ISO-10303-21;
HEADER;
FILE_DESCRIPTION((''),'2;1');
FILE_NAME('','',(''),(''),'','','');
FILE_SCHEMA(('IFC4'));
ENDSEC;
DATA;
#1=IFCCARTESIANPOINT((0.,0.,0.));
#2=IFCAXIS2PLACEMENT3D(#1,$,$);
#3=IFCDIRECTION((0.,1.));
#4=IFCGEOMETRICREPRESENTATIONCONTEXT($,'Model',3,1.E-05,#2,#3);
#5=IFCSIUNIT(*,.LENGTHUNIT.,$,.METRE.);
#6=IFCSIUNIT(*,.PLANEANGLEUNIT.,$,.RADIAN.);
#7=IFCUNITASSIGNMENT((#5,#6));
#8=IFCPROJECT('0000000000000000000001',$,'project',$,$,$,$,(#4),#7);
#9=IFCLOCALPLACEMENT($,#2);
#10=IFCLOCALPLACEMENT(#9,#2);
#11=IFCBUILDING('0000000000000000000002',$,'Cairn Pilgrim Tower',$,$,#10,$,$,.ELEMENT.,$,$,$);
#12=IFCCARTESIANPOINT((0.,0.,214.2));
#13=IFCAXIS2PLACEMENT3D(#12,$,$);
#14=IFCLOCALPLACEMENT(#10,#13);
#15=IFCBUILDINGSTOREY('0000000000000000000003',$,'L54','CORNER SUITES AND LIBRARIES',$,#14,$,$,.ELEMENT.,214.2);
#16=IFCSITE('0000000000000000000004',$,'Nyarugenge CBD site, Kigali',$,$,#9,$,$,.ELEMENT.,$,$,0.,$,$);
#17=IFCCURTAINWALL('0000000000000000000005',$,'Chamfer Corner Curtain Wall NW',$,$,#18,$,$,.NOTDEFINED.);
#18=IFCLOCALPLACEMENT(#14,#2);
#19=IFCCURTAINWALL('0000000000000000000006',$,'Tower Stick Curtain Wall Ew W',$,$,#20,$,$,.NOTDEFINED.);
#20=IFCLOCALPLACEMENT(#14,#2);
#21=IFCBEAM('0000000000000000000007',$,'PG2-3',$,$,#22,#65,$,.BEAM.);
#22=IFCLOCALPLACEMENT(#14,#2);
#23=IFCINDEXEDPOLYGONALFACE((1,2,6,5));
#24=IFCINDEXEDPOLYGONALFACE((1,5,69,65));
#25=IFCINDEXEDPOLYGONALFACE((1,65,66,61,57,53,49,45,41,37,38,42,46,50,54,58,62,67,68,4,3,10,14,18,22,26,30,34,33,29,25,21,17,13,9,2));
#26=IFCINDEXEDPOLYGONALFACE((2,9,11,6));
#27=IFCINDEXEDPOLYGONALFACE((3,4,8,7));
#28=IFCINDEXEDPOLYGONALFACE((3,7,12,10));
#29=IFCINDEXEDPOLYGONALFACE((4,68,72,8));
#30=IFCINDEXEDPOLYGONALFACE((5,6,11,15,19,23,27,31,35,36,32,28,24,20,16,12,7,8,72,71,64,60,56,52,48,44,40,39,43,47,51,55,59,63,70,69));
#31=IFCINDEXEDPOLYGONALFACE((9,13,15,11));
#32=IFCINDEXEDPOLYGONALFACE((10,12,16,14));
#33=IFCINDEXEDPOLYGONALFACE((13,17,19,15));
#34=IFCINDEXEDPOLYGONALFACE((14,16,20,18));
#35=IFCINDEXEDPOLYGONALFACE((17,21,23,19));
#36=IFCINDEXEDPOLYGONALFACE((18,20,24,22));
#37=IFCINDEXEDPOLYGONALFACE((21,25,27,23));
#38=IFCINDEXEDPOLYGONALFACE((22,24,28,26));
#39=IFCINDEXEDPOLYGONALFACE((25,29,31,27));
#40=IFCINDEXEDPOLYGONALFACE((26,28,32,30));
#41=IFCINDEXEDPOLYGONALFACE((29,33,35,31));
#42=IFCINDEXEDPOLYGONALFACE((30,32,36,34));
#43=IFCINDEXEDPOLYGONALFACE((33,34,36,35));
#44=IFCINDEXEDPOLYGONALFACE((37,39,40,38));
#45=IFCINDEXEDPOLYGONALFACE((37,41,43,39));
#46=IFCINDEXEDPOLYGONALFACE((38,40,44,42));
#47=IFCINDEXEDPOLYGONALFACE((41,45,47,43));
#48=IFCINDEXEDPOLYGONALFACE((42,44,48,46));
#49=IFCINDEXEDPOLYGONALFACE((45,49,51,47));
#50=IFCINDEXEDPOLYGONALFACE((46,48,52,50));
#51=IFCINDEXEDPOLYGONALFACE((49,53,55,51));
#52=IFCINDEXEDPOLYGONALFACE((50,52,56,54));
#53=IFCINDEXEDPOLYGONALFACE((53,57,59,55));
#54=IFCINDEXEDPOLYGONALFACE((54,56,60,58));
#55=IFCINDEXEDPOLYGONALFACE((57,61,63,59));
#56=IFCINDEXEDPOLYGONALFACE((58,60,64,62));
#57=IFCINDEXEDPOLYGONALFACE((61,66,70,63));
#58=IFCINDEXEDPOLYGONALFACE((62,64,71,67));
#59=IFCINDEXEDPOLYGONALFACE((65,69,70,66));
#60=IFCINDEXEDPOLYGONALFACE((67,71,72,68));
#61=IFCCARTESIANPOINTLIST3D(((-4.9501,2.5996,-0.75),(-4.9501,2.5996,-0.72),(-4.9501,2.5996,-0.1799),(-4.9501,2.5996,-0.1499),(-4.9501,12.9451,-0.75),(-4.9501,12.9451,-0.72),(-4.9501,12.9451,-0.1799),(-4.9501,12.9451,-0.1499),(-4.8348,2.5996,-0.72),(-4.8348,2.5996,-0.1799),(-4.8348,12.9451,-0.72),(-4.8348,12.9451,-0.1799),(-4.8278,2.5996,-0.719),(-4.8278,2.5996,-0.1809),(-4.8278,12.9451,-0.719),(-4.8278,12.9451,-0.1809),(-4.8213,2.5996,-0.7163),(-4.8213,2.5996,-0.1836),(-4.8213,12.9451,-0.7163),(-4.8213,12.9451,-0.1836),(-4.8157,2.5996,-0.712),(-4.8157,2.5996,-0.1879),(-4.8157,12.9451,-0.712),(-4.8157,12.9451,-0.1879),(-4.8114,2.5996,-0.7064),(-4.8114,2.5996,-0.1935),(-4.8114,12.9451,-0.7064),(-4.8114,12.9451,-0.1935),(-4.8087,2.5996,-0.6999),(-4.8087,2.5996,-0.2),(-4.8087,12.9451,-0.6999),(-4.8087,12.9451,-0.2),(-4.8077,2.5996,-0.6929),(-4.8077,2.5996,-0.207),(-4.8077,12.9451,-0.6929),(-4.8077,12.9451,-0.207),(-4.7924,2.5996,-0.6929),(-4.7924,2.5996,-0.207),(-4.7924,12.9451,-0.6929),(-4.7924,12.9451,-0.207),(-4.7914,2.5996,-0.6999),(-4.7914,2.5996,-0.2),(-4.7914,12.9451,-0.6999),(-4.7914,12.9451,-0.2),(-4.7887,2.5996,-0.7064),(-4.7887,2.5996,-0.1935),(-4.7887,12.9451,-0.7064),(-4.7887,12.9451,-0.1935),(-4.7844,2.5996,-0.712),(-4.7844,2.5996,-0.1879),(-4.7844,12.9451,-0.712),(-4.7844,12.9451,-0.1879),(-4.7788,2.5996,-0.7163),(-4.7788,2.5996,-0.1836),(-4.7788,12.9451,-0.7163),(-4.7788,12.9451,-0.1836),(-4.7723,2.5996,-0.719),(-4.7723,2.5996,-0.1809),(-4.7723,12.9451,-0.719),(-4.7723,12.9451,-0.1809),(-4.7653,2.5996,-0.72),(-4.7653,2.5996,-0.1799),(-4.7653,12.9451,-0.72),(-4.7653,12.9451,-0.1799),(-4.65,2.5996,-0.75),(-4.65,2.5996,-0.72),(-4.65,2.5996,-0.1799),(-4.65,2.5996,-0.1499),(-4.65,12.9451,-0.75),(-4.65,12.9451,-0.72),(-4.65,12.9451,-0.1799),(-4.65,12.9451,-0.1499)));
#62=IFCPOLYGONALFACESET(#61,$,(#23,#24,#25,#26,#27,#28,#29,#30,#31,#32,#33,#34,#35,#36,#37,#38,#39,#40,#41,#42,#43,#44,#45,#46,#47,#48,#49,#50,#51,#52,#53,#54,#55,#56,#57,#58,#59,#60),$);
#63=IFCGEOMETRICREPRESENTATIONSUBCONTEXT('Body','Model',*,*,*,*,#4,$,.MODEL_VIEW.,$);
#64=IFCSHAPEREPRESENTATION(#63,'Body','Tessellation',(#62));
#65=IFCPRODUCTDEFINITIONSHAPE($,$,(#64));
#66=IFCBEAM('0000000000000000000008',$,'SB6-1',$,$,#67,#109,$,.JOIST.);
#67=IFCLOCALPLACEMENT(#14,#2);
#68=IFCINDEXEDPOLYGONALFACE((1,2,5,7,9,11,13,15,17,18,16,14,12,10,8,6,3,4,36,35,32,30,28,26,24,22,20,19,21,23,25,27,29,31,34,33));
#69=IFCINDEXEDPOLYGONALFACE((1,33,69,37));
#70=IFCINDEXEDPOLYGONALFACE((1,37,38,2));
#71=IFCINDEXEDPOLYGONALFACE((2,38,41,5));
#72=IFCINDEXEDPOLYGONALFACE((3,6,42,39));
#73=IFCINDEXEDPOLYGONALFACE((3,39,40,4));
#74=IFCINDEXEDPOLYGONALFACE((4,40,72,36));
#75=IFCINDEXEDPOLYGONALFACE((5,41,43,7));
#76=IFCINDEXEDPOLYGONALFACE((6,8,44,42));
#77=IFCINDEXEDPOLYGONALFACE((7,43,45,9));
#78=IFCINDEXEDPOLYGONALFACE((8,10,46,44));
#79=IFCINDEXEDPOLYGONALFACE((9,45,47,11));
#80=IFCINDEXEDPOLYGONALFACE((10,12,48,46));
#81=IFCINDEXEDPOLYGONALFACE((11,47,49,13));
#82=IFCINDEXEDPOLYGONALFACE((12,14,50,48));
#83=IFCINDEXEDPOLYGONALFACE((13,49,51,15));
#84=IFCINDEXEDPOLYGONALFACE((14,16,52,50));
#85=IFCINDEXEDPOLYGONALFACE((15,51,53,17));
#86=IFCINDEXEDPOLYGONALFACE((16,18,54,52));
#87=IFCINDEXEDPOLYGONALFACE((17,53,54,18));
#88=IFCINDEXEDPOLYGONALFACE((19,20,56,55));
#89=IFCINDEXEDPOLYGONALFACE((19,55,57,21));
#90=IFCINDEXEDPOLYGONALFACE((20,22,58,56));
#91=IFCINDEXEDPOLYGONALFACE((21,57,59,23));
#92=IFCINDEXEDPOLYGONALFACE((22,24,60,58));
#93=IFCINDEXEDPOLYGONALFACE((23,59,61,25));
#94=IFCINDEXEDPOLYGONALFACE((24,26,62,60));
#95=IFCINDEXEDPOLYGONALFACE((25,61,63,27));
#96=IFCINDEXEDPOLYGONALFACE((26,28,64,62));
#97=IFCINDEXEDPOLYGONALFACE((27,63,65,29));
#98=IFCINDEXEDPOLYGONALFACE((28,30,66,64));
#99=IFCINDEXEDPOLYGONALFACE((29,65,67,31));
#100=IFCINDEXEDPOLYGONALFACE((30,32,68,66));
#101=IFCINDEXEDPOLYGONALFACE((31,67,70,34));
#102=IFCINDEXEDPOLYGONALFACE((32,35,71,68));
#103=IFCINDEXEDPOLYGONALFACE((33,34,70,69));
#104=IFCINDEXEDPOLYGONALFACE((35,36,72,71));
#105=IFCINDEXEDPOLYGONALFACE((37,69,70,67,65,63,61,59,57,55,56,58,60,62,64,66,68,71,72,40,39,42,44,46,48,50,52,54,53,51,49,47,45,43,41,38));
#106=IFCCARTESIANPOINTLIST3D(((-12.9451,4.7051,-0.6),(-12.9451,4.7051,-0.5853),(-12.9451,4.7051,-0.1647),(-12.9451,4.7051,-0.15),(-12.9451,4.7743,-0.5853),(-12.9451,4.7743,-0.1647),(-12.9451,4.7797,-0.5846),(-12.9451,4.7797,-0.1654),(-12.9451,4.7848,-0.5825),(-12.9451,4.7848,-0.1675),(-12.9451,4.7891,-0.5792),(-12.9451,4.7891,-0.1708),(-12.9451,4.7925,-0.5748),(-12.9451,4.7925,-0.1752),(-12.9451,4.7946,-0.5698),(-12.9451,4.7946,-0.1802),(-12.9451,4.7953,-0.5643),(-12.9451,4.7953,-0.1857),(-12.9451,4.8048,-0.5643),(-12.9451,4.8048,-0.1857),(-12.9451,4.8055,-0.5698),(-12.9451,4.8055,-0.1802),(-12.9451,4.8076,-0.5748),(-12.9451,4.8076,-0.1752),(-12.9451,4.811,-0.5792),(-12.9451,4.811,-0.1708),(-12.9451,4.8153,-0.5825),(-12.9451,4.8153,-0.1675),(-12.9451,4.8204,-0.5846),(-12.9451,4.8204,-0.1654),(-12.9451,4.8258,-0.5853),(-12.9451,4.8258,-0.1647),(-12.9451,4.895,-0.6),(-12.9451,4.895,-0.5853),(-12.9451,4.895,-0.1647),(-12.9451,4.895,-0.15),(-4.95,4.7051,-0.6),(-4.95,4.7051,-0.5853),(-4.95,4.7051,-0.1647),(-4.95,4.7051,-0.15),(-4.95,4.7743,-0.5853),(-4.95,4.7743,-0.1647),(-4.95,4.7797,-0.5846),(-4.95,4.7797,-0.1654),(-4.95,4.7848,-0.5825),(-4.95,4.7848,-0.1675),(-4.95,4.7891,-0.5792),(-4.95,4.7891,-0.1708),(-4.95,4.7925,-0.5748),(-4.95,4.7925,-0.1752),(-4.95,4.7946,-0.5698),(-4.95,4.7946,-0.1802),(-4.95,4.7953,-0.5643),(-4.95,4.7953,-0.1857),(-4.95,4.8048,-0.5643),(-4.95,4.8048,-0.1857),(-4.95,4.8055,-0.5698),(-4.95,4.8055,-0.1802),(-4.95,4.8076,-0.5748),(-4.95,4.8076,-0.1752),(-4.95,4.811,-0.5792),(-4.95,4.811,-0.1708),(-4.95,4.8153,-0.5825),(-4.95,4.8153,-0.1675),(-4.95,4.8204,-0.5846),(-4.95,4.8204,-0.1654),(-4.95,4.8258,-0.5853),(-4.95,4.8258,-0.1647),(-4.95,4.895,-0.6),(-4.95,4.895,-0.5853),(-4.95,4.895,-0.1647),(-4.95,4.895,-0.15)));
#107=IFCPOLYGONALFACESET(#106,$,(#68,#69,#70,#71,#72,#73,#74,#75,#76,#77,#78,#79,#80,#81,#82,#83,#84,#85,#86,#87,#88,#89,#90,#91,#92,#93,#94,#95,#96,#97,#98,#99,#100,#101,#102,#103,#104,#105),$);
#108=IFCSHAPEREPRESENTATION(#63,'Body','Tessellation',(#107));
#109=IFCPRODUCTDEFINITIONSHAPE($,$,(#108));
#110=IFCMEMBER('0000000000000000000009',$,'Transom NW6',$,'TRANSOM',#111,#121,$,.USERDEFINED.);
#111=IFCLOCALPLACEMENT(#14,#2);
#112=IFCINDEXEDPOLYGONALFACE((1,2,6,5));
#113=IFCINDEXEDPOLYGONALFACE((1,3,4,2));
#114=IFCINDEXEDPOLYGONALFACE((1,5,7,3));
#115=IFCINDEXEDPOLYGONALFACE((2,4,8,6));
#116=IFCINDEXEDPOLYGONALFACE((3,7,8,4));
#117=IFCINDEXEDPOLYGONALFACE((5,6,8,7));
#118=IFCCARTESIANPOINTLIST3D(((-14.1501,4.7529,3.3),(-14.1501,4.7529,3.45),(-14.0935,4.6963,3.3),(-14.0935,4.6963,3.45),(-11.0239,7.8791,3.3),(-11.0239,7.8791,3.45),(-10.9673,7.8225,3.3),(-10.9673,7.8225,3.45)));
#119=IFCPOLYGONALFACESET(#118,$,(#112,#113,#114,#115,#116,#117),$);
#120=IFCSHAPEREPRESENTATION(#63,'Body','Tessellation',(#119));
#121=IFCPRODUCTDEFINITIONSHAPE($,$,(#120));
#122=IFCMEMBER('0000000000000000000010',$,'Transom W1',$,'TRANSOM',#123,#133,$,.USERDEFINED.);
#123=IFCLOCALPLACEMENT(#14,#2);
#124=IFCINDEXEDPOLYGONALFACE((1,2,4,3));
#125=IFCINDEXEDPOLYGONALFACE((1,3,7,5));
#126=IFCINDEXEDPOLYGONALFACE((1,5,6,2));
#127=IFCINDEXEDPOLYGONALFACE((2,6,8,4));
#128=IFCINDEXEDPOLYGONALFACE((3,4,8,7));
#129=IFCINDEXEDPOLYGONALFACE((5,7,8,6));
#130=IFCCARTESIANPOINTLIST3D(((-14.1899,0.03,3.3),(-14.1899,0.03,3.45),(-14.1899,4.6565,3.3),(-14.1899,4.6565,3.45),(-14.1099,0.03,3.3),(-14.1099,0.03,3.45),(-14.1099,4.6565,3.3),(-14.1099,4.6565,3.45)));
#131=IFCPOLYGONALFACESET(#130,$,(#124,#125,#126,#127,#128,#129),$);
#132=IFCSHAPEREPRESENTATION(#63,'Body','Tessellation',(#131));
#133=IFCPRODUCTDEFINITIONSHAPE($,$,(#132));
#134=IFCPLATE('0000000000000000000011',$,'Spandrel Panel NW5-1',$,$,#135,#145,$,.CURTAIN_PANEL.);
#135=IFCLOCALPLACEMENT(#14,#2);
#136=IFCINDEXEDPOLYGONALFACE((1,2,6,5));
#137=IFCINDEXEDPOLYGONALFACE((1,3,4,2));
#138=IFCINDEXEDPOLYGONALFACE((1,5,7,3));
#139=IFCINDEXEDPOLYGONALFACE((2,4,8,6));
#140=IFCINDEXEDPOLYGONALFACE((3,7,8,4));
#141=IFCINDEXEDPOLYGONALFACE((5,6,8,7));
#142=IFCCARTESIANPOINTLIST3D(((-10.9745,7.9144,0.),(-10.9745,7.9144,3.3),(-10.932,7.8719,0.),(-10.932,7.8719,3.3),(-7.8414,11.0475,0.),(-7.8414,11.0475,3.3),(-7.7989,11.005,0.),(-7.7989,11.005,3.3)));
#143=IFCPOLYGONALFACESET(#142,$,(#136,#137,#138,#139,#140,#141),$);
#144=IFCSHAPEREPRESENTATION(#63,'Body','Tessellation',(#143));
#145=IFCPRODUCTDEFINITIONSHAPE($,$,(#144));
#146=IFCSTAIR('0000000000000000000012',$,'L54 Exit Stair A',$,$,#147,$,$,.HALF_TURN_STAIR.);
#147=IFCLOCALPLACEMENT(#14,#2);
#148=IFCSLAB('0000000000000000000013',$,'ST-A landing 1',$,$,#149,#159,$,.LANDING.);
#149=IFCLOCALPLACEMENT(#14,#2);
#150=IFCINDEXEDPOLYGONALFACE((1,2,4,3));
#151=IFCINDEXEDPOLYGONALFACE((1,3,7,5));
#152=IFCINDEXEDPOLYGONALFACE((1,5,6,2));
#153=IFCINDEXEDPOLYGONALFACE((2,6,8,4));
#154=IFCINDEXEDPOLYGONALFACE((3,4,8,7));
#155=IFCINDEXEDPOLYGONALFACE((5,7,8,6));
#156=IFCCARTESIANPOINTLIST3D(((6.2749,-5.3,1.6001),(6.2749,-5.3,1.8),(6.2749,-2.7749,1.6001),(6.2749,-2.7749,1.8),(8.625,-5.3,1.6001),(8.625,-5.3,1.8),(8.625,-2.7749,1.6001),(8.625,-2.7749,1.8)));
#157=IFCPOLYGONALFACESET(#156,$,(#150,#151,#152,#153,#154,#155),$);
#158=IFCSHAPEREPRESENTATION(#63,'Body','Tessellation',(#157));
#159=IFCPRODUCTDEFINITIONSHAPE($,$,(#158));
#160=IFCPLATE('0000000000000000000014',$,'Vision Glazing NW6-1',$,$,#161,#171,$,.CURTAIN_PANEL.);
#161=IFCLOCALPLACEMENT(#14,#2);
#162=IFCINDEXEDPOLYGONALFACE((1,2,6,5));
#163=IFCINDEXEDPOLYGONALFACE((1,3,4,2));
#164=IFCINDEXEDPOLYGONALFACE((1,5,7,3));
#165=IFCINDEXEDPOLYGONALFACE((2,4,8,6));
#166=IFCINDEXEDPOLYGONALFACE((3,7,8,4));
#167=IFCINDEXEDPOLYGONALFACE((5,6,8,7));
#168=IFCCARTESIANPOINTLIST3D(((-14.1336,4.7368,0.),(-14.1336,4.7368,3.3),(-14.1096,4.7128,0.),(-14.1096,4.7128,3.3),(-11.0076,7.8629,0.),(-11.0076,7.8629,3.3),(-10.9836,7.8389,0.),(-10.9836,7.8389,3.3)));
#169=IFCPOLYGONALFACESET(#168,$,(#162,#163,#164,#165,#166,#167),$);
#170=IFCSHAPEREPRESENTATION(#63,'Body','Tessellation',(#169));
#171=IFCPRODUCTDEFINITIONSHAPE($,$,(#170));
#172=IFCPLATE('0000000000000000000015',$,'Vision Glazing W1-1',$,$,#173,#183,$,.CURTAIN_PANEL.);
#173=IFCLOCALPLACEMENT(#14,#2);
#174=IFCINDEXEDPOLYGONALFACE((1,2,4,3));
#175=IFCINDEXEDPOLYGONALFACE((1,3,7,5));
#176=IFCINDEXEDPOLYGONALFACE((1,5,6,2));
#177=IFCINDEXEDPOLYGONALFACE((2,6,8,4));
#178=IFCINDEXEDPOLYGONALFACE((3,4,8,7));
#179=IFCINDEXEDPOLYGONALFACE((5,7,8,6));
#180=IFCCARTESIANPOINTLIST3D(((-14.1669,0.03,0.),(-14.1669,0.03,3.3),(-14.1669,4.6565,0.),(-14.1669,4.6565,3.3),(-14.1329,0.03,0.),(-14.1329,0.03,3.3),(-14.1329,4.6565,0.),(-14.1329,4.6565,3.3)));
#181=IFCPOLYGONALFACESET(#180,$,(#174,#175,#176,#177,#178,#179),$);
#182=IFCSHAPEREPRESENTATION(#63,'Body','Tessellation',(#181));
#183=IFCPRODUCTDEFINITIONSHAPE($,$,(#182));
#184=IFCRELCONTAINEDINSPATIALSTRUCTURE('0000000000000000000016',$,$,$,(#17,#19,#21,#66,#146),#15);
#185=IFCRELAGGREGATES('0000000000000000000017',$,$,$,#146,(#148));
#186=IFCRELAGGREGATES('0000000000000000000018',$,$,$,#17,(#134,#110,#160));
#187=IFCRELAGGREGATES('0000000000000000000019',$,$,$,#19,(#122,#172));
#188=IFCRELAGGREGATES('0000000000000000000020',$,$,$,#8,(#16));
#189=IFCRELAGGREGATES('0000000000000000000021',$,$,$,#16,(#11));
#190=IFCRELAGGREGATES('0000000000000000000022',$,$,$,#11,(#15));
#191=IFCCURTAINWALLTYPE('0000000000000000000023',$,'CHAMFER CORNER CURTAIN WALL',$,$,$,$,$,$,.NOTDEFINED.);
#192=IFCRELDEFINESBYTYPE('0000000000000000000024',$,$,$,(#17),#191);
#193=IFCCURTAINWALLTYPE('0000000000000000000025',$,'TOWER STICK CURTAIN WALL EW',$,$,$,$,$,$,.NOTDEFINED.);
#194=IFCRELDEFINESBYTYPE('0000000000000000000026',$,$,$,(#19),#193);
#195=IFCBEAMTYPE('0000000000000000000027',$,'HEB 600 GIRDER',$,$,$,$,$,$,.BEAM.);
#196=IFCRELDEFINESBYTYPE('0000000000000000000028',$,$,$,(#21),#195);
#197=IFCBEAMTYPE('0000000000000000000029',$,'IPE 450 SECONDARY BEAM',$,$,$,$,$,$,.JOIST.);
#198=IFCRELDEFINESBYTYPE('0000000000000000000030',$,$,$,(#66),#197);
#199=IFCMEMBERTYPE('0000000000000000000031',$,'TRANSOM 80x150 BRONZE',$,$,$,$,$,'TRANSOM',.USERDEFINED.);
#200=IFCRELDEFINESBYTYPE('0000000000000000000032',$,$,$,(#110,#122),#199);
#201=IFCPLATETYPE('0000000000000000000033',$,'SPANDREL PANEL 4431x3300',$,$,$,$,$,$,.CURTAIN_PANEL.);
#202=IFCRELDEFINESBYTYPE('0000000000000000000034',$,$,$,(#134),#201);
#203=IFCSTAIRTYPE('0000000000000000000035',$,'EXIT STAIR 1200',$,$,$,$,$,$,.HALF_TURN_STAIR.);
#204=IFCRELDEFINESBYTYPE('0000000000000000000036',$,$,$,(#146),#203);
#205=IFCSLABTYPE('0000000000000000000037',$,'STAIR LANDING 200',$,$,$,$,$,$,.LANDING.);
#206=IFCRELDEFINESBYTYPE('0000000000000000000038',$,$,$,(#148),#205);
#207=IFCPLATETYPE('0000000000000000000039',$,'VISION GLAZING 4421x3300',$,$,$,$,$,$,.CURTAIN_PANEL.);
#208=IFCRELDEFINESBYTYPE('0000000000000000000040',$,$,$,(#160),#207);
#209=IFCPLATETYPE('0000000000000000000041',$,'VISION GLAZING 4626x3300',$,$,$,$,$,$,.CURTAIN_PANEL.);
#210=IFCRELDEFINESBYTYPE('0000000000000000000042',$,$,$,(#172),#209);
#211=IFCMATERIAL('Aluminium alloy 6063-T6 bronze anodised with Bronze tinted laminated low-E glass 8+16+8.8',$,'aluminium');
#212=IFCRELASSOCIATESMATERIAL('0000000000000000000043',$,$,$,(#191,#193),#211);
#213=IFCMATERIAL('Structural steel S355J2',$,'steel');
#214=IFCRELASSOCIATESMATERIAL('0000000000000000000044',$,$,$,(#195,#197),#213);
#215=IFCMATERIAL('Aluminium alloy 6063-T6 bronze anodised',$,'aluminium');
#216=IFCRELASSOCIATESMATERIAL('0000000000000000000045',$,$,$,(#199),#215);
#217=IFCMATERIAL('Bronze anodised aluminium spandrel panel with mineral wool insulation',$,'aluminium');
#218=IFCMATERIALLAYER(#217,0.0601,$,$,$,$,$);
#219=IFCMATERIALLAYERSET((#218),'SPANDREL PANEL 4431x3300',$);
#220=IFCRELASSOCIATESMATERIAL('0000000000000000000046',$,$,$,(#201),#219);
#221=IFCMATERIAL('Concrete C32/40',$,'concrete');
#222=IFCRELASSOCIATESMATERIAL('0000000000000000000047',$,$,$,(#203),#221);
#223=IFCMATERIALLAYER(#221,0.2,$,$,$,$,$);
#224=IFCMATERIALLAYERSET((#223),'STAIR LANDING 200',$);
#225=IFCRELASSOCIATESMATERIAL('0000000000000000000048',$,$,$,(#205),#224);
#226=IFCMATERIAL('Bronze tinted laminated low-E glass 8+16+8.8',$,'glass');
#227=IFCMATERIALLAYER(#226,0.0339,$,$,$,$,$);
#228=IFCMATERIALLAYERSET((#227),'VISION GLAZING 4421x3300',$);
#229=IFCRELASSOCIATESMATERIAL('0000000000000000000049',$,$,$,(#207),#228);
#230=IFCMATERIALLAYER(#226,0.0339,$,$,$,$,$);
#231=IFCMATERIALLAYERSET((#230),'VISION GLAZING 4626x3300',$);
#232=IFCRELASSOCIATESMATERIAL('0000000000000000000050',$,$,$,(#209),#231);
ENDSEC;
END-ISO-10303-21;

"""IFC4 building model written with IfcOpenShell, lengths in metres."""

from ifc_helpers import new_model, si_unit, direction, frame, origin, origin_2d, place, context, subcontext, project, spatial, polyline, rectangle, i_section, outline, extrude, material, layer, layer_set, material_profile, profile_set, type_object, element, aggregate, save


model = new_model("IFC4")

# Units and contexts
model_context = context("Model", 3, precision=1e-05, world=origin(), true_north=direction((0.0, 1.0)))
body_context = subcontext(model_context, "Body", "Model", "MODEL_VIEW")
ifc_project = project(units=[si_unit("LENGTHUNIT", "METRE"), si_unit("PLANEANGLEUNIT", "RADIAN")], contexts=[model_context])

# Site, building, storey
site_placement = place(None, origin())
site = spatial("IfcSite", under=ifc_project, at=site_placement, Name="Nyarugenge CBD site, Kigali", CompositionType="ELEMENT", RefElevation=0.0)
building_placement = place(site_placement, origin())
building = spatial("IfcBuilding", under=site, at=building_placement, Name="Cairn Pilgrim Tower", CompositionType="ELEMENT")
storey_placement = place(building_placement, frame((0.0, 0.0, 214.2)))
storey = spatial("IfcBuildingStorey", under=building, at=storey_placement, Name="L54", Description="CORNER SUITES AND LIBRARIES", CompositionType="ELEMENT", Elevation=214.2)

# Shared definitions
ifc_material_1 = material(Name="Structural steel S355J2", Category="steel")

# Curtain walls
ifc_material_2 = material(Name="Aluminium alloy 6063-T6 bronze anodised with Bronze tinted laminated low-E glass 8+16+8.8", Category="aluminium")
curtain_wall_type_1 = type_object("IfcCurtainWallType", Name="CHAMFER CORNER CURTAIN WALL", PredefinedType="NOTDEFINED", material=ifc_material_2)
curtain_wall_1_placement = place(storey_placement, origin())
curtain_wall_1 = element("IfcCurtainWall", 1, at=curtain_wall_1_placement, inside=storey, type_object=curtain_wall_type_1, Name="Chamfer Corner Curtain Wall NW", PredefinedType="NOTDEFINED")
ifc_material_3 = material(Name="Aluminium alloy 6063-T6 bronze anodised", Category="aluminium")
curtain_wall_type_2 = type_object("IfcCurtainWallType", Name="TOWER STICK CURTAIN WALL EW", PredefinedType="NOTDEFINED", material=ifc_material_2)
curtain_wall_2_placement = place(storey_placement, origin())
curtain_wall_2 = element("IfcCurtainWall", 2, at=curtain_wall_2_placement, inside=storey, type_object=curtain_wall_type_2, Name="Tower Stick Curtain Wall Ew W", PredefinedType="NOTDEFINED")

# Beams
ifc_material_profile_1 = material_profile(ifc_material_1, i_section(OverallWidth=0.3, OverallDepth=0.6001, WebThickness=0.0154, FlangeThickness=0.03, FilletRadius=0.0271, at=origin_2d()), Name="HEB 600")
ifc_profile_set_1 = profile_set([ifc_material_profile_1], Name="Structural steel S355J2")
beam_type_1 = type_object("IfcBeamType", Name="HEB 600 GIRDER", PredefinedType="BEAM", material=ifc_profile_set_1)
beam_1_placement = place(storey_placement, frame((-4.8, 2.5996, -0.45), z_axis=(0.0, 1.0, 0.0), x_axis=(-1.0, 0.0, 0.0)))
element("IfcBeam", 3, at=beam_1_placement, inside=storey, type_object=beam_type_1, Name="PG2-3", PredefinedType="BEAM", context=body_context, shape_type="SweptSolid", body=[
    extrude(i_section(OverallWidth=0.3, OverallDepth=0.6001, WebThickness=0.0154, FlangeThickness=0.03, FilletRadius=0.0271, at=origin_2d()), origin(), (0.0, 0.0, 1.0), 10.3455),
])
ifc_material_profile_2 = material_profile(ifc_material_1, i_section(OverallWidth=0.1899, OverallDepth=0.45, WebThickness=0.0095, FlangeThickness=0.0146, FilletRadius=0.021, at=origin_2d()), Name="IPE 450")
ifc_profile_set_2 = profile_set([ifc_material_profile_2], Name="Structural steel S355J2")
beam_type_2 = type_object("IfcBeamType", Name="IPE 450 SECONDARY BEAM", PredefinedType="JOIST", material=ifc_profile_set_2)
beam_2_placement = place(storey_placement, frame((-12.9451, 4.8, -0.375), z_axis=(1.0, 0.0, 0.0), x_axis=(0.0, 1.0, 0.0)))
element("IfcBeam", 4, at=beam_2_placement, inside=storey, type_object=beam_type_2, Name="SB6-1", PredefinedType="JOIST", context=body_context, shape_type="SweptSolid", body=[
    extrude(i_section(OverallWidth=0.1899, OverallDepth=0.45, WebThickness=0.0095, FlangeThickness=0.0146, FilletRadius=0.021, at=origin_2d()), origin(), (0.0, 0.0, 1.0), 7.9951),
])

# Members
ifc_material_profile_3 = material_profile(ifc_material_3, rectangle(XDim=0.0801, YDim=0.1499, at=origin_2d()), Name="TRANSOM 80x150 BRONZE")
ifc_profile_set_3 = profile_set([ifc_material_profile_3], Name="Aluminium alloy 6063-T6 bronze anodised")
member_type_1 = type_object("IfcMemberType", Name="TRANSOM 80x150 BRONZE", ElementType="TRANSOM", PredefinedType="USERDEFINED", material=ifc_profile_set_3)
member_1_placement = place(storey_placement, frame((-10.9956, 7.8508, 3.375), z_axis=(-0.707107, -0.707107, 0.0), x_axis=(0.707107, -0.707107, 0.0)))
member_1 = element("IfcMember", 5, at=member_1_placement, type_object=member_type_1, Name="Transom NW6", ObjectType="TRANSOM", PredefinedType="USERDEFINED", context=body_context, shape_type="SweptSolid", body=[
    extrude(rectangle(XDim=0.0801, YDim=0.1499, at=origin_2d()), origin(), (0.0, 0.0, 1.0), 4.4211),
])
member_2_placement = place(storey_placement, frame((-14.1499, 4.6565, 3.375), z_axis=(0.0, -1.0, 0.0), x_axis=(1.0, 0.0, 0.0)))
member_2 = element("IfcMember", 6, at=member_2_placement, type_object=member_type_1, Name="Transom W1", ObjectType="TRANSOM", PredefinedType="USERDEFINED", context=body_context, shape_type="SweptSolid", body=[
    extrude(rectangle(XDim=0.0801, YDim=0.1499, at=origin_2d()), origin(), (0.0, 0.0, 1.0), 4.6265),
])

# Plate
ifc_material_4 = material(Name="Bronze anodised aluminium spandrel panel with mineral wool insulation", Category="aluminium")
ifc_layer_1 = layer(ifc_material_4, 0.0601)
ifc_layer_set_1 = layer_set([ifc_layer_1], Name="SPANDREL PANEL 4431x3300")
plate_type_1 = type_object("IfcPlateType", Name="SPANDREL PANEL 4431x3300", PredefinedType="CURTAIN_PANEL", material=ifc_layer_set_1)
plate_1_placement = place(storey_placement, frame((-9.3867, 9.4597, 0.0), z_axis=(0.0, 0.0, 1.0), x_axis=(-0.707107, -0.707107, 0.0)))
plate_1 = element("IfcPlate", 7, at=plate_1_placement, type_object=plate_type_1, Name="Spandrel Panel NW5-1", PredefinedType="CURTAIN_PANEL", context=body_context, shape_type="SweptSolid", body=[
    extrude(rectangle(XDim=4.4309, YDim=0.0601, at=origin_2d()), origin(), (0.0, 0.0, 1.0), 3.3),
])

# Stair, slab
ifc_material_5 = material(Name="Concrete C32/40", Category="concrete")
stair_type = type_object("IfcStairType", Name="EXIT STAIR 1200", PredefinedType="HALF_TURN_STAIR", material=ifc_material_5)
stair_placement = place(storey_placement, origin())
stair = element("IfcStair", 8, at=stair_placement, inside=storey, type_object=stair_type, Name="L54 Exit Stair A", PredefinedType="HALF_TURN_STAIR")
ifc_layer_2 = layer(ifc_material_5, 0.2)
ifc_layer_set_2 = layer_set([ifc_layer_2], Name="STAIR LANDING 200")
slab_type = type_object("IfcSlabType", Name="STAIR LANDING 200", PredefinedType="LANDING", material=ifc_layer_set_2)
slab_placement = place(storey_placement, frame((0.0, 0.0, 1.6001)))
slab = element("IfcSlab", 9, at=slab_placement, type_object=slab_type, Name="ST-A landing 1", PredefinedType="LANDING", context=body_context, shape_type="SweptSolid", body=[
    extrude(outline(polyline([(8.625, -2.7749), (6.2749, -2.7749), (6.2749, -5.3), (8.625, -5.3), (8.625, -2.7749)])), origin(), (0.0, 0.0, 1.0), 0.2),
])
aggregate(stair, [slab])

# Plates
ifc_material_6 = material(Name="Bronze tinted laminated low-E glass 8+16+8.8", Category="glass")
ifc_layer_3 = layer(ifc_material_6, 0.0339)
ifc_layer_set_3 = layer_set([ifc_layer_3], Name="VISION GLAZING 4421x3300")
plate_type_2 = type_object("IfcPlateType", Name="VISION GLAZING 4421x3300", PredefinedType="CURTAIN_PANEL", material=ifc_layer_set_3)
plate_2_placement = place(storey_placement, frame((-12.5586, 6.2878, 0.0), z_axis=(0.0, 0.0, 1.0), x_axis=(-0.707107, -0.707107, 0.0)))
plate_2 = element("IfcPlate", 10, at=plate_2_placement, type_object=plate_type_2, Name="Vision Glazing NW6-1", PredefinedType="CURTAIN_PANEL", context=body_context, shape_type="SweptSolid", body=[
    extrude(rectangle(XDim=4.4209, YDim=0.0339, at=origin_2d()), origin(), (0.0, 0.0, 1.0), 3.3),
])
aggregate(curtain_wall_1, [plate_1, member_1, plate_2])
ifc_layer_4 = layer(ifc_material_6, 0.0339)
ifc_layer_set_4 = layer_set([ifc_layer_4], Name="VISION GLAZING 4626x3300")
plate_type_3 = type_object("IfcPlateType", Name="VISION GLAZING 4626x3300", PredefinedType="CURTAIN_PANEL", material=ifc_layer_set_4)
plate_3_placement = place(storey_placement, frame((-14.1499, 2.3433, 0.0), z_axis=(0.0, 0.0, 1.0), x_axis=(0.0, -1.0, 0.0)))
plate_3 = element("IfcPlate", 11, at=plate_3_placement, type_object=plate_type_3, Name="Vision Glazing W1-1", PredefinedType="CURTAIN_PANEL", context=body_context, shape_type="SweptSolid", body=[
    extrude(rectangle(XDim=4.6265, YDim=0.0339, at=origin_2d()), origin(), (0.0, 0.0, 1.0), 3.3),
])
aggregate(curtain_wall_2, [member_2, plate_3])

save(model, "model.ifc")
